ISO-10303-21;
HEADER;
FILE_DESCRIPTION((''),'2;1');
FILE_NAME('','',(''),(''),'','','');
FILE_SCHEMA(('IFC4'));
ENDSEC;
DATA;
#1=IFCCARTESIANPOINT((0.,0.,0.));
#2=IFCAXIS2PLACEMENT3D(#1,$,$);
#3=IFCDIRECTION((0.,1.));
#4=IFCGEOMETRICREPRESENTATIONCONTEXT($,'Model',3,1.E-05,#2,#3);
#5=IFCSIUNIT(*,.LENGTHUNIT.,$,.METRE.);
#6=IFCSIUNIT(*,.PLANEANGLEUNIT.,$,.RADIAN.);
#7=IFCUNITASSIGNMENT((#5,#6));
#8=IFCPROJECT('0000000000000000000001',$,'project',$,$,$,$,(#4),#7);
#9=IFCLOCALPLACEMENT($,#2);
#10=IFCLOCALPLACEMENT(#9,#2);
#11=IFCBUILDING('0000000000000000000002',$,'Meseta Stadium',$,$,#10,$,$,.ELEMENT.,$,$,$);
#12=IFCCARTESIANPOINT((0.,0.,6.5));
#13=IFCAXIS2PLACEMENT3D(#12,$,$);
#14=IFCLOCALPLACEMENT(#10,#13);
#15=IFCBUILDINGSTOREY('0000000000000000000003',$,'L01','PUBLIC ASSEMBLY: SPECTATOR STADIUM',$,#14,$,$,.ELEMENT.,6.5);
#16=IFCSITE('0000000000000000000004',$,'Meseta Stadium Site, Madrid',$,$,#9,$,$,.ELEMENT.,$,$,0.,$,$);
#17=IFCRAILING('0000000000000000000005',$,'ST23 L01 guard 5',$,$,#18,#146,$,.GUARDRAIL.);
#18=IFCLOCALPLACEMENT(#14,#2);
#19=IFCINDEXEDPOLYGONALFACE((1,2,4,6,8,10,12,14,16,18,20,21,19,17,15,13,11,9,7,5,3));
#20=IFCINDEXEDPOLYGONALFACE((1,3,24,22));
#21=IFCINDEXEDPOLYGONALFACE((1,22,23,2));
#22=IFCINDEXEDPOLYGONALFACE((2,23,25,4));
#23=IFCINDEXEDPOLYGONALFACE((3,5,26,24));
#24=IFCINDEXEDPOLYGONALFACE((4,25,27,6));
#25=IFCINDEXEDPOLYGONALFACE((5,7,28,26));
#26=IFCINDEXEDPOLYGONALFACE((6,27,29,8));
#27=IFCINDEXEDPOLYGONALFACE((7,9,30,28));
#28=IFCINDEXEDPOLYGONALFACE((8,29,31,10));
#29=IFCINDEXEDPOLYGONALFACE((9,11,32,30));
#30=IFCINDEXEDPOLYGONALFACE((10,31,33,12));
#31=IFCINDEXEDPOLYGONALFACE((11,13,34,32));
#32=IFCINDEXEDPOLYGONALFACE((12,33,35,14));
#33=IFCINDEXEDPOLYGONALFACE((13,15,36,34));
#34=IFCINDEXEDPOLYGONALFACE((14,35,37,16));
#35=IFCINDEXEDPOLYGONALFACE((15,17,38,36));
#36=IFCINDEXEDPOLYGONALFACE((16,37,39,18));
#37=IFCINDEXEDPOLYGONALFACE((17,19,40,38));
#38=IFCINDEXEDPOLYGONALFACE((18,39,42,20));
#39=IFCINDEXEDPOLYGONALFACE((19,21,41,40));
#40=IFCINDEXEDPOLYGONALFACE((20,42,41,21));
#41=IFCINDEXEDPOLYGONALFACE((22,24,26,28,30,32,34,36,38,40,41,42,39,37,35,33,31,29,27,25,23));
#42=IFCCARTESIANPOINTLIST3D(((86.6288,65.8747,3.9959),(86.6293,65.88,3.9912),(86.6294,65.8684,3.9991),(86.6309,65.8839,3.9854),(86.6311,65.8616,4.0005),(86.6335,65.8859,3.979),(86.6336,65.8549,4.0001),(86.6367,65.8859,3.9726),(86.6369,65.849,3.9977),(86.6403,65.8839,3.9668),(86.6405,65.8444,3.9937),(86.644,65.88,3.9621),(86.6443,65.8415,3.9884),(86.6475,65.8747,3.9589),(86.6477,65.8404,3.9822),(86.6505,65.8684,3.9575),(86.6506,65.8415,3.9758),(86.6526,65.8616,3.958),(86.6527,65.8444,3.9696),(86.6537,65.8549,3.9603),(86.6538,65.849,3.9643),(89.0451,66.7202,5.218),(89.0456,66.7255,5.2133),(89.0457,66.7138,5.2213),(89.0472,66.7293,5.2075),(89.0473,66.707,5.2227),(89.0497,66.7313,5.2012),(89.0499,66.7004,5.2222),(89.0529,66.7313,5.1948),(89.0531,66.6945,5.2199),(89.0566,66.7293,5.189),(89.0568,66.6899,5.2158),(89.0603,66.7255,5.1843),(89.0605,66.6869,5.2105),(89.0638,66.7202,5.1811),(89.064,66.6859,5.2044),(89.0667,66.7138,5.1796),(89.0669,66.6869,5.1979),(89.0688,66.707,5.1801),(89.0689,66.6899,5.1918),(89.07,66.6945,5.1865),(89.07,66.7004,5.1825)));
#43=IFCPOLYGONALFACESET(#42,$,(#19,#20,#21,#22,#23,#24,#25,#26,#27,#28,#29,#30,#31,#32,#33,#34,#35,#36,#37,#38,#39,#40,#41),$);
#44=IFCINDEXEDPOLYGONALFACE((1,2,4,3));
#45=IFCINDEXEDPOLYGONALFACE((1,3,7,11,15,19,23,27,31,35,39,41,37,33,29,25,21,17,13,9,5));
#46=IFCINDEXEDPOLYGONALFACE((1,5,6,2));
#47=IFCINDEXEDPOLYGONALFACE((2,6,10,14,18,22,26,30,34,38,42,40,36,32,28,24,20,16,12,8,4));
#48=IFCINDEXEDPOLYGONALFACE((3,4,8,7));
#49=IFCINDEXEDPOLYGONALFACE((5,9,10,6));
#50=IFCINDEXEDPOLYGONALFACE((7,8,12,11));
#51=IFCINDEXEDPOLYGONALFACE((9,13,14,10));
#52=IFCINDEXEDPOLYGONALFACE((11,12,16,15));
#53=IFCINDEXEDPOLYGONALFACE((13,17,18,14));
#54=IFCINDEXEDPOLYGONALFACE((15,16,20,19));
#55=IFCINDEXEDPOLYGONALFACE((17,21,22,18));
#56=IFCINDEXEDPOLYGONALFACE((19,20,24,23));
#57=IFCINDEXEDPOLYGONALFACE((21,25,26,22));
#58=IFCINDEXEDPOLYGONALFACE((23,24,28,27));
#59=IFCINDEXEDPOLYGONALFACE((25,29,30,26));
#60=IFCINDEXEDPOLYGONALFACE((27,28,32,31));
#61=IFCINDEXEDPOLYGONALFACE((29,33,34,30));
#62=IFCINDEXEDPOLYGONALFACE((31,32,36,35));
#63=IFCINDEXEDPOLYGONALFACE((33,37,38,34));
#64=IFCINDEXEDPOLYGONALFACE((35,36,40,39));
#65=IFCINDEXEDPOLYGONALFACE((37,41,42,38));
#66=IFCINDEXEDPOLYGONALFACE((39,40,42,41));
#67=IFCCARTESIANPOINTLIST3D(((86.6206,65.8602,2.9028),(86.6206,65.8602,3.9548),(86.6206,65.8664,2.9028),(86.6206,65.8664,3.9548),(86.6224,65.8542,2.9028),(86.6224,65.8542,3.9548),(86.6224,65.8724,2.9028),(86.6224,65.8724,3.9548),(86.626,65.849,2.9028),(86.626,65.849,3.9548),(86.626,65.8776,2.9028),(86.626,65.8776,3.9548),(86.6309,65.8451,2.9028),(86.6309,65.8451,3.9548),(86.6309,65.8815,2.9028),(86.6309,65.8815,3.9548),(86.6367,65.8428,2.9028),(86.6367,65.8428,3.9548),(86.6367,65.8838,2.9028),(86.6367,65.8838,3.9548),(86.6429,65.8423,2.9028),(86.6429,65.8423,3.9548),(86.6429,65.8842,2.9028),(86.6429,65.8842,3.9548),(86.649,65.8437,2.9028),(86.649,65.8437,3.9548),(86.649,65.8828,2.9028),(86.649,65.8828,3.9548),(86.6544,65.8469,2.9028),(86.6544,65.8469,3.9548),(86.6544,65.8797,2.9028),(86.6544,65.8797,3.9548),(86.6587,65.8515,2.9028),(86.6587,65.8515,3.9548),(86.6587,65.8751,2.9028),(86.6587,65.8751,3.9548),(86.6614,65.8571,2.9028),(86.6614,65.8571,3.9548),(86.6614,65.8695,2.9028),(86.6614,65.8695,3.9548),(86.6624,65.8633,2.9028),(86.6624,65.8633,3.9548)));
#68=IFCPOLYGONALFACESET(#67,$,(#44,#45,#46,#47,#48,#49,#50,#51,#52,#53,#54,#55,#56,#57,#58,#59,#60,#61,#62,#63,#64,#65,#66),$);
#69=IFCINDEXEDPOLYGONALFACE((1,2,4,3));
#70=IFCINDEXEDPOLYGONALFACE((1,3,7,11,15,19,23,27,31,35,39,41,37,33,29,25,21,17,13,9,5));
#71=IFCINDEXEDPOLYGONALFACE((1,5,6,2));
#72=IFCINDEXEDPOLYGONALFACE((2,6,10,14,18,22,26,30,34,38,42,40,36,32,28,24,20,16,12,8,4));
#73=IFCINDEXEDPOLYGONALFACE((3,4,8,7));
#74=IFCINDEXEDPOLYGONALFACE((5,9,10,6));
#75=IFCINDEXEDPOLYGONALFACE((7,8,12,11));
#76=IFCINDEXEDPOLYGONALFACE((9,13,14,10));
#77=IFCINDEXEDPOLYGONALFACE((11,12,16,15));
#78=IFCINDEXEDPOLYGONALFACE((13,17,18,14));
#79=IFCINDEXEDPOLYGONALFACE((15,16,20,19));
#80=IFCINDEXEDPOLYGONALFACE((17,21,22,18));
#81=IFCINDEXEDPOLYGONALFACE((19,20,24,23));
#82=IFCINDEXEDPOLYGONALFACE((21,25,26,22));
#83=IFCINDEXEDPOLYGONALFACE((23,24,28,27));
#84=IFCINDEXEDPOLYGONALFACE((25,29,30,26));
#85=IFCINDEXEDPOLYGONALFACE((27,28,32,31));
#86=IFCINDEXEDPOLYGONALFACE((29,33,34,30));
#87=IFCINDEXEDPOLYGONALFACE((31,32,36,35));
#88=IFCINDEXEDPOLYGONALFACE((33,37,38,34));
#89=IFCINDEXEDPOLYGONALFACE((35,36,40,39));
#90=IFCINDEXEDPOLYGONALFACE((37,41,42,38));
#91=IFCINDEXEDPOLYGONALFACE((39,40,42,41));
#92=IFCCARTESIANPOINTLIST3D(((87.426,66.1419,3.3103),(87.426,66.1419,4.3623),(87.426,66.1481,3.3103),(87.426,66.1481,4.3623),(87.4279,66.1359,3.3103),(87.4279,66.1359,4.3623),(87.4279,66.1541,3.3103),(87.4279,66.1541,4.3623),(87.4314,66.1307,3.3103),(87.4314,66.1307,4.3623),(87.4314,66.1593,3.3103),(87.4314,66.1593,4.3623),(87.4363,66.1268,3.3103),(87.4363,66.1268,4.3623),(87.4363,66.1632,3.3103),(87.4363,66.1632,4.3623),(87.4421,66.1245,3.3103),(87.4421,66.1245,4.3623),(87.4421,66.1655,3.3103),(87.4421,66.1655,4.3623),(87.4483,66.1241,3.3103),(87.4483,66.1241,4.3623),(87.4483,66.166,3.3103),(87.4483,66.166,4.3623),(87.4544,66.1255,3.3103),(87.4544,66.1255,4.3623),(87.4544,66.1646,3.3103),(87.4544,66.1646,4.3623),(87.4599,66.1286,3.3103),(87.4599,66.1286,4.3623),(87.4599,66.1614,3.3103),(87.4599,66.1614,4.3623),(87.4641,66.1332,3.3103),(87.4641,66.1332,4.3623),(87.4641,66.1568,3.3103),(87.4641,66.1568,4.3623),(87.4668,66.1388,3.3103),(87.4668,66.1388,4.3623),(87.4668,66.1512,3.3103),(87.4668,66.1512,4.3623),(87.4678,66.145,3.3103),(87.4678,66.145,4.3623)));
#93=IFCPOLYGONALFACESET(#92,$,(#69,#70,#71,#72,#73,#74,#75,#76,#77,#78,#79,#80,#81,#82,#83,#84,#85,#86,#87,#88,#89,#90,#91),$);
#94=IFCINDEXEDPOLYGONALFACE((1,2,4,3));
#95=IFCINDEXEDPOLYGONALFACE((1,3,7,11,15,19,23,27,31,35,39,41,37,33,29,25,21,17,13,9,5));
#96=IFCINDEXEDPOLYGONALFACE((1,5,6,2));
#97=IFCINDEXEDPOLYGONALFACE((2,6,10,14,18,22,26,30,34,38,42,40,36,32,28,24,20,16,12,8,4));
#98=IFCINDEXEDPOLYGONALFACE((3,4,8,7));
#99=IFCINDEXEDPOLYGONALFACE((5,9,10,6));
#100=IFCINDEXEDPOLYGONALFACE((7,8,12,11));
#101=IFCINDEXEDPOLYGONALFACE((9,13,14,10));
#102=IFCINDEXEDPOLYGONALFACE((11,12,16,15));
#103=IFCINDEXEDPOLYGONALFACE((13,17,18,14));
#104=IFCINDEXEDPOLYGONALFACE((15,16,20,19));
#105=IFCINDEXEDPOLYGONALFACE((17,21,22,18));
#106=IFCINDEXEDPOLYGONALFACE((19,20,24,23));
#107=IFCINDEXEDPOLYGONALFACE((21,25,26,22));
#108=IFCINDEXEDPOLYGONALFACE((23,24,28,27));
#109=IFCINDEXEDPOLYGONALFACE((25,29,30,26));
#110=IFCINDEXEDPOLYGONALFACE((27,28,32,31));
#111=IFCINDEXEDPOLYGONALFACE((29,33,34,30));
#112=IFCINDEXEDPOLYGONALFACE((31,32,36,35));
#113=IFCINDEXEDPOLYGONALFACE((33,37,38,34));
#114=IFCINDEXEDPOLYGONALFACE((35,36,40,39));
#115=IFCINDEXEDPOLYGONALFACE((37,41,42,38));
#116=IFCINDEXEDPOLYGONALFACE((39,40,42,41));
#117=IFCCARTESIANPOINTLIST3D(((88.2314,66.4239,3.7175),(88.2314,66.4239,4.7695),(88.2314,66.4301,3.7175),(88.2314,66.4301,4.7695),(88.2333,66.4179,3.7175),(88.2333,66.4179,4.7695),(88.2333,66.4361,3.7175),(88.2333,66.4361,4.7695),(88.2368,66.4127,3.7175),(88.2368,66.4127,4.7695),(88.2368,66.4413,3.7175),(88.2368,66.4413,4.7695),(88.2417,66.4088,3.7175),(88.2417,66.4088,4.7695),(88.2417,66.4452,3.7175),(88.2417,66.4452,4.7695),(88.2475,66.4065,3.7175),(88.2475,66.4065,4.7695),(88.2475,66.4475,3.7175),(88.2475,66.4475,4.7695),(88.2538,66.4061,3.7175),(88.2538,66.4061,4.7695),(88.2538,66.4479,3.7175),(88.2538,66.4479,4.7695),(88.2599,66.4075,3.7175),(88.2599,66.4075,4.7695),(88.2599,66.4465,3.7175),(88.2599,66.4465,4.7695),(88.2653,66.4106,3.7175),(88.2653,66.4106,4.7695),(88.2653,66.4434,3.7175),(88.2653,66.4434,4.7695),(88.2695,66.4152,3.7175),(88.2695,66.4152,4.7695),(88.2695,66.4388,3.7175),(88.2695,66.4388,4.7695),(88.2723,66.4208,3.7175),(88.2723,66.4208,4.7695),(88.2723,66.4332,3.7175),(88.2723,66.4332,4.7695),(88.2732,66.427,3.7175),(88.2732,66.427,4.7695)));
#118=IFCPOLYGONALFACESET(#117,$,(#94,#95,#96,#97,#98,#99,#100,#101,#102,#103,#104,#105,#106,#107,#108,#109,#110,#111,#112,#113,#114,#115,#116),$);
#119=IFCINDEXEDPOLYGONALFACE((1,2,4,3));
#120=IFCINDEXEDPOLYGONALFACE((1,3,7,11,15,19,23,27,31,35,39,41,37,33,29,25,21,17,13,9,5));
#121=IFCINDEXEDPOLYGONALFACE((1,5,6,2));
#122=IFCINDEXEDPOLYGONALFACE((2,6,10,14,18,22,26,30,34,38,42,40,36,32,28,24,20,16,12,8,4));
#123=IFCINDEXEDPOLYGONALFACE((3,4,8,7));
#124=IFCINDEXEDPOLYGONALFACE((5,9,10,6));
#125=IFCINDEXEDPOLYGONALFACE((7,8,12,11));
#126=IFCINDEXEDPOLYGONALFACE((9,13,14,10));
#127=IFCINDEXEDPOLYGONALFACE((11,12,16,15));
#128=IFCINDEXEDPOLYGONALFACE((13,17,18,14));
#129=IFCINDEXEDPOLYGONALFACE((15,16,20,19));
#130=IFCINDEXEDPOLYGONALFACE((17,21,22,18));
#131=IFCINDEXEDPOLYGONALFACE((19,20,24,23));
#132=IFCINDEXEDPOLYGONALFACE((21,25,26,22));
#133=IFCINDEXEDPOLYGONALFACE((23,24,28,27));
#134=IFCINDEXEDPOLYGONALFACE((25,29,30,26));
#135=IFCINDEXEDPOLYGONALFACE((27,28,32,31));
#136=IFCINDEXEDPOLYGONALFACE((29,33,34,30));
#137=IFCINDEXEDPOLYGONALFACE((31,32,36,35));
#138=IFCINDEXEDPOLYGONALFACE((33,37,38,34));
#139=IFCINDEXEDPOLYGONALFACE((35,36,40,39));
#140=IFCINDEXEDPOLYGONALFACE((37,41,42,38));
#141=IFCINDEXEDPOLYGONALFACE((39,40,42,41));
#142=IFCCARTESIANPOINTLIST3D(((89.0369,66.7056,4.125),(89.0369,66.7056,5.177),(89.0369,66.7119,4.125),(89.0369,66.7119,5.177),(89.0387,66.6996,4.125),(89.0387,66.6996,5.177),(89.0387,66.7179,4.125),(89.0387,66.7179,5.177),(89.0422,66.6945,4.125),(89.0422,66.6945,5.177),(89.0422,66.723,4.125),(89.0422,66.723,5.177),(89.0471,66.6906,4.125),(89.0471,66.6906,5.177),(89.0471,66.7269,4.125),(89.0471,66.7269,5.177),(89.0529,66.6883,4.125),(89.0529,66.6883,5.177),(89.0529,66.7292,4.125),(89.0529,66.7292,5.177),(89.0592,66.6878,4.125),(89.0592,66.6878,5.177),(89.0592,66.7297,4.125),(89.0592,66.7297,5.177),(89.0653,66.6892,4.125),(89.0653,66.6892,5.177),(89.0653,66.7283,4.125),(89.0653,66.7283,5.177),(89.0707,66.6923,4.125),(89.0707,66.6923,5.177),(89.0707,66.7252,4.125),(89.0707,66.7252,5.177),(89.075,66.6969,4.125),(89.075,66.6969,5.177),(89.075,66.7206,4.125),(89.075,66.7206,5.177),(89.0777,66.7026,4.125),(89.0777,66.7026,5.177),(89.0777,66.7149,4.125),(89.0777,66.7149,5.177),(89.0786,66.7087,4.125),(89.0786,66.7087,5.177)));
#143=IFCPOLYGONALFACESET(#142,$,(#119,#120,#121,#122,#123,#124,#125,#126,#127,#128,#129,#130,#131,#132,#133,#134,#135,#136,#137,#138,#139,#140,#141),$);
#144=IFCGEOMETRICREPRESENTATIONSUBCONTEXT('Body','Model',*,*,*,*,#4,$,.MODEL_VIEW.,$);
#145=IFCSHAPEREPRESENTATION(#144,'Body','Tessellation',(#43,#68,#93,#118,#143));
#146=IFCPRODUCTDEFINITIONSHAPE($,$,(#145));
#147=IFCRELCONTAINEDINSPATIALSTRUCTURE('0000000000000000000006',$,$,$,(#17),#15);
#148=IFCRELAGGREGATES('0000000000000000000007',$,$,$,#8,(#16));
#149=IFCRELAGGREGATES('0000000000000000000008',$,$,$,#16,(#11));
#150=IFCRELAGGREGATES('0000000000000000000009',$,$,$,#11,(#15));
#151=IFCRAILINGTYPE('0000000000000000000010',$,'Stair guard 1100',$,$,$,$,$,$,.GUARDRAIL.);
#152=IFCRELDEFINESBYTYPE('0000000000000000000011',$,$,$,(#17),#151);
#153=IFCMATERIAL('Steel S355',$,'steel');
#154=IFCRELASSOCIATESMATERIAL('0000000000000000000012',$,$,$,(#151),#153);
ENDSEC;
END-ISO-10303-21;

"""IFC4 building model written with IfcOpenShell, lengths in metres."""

from ifc_helpers import new_model, si_unit, direction, frame, origin, origin_2d, place, context, subcontext, project, spatial, circle, extrude, material, type_object, element, save


model = new_model("IFC4")

# Units and contexts
model_context = context("Model", 3, precision=1e-05, world=origin(), true_north=direction((0.0, 1.0)))
body_context = subcontext(model_context, "Body", "Model", "MODEL_VIEW")
ifc_project = project(units=[si_unit("LENGTHUNIT", "METRE"), si_unit("PLANEANGLEUNIT", "RADIAN")], contexts=[model_context])

# Site, building, storey
site_placement = place(None, origin())
site = spatial("IfcSite", under=ifc_project, at=site_placement, Name="Meseta Stadium Site, Madrid", CompositionType="ELEMENT", RefElevation=0.0)
building_placement = place(site_placement, origin())
building = spatial("IfcBuilding", under=site, at=building_placement, Name="Meseta Stadium", CompositionType="ELEMENT")
storey_placement = place(building_placement, frame((0.0, 0.0, 6.5)))
storey = spatial("IfcBuildingStorey", under=building, at=storey_placement, Name="L01", Description="PUBLIC ASSEMBLY: SPECTATOR STADIUM", CompositionType="ELEMENT", Elevation=6.5)

# Railing
ifc_material_1 = material(Name="Steel S355", Category="steel")
railing_type_1 = type_object("IfcRailingType", Name="Stair guard 1100", PredefinedType="GUARDRAIL", material=ifc_material_1)
railing_1_placement = place(storey_placement, frame((86.6414, 65.8633, 2.9028)))
element("IfcRailing", 1, at=railing_1_placement, inside=storey, type_object=railing_type_1, Name="ST23 L01 guard 5", PredefinedType="GUARDRAIL", context=body_context, shape_type="SweptSolid", body=[
    extrude(circle(Radius=0.0239, at=origin_2d()), frame((0.0, 0.0, 1.0762), z_axis=(0.851789, 0.298044, 0.430843), x_axis=(-0.33027, 0.943887, 0.0)), (0.0, 0.0, 1.0), 2.8367),
    extrude(circle(Radius=0.021, at=origin_2d()), origin(), (0.0, 0.0, 1.0), 1.052),
    extrude(circle(Radius=0.021, at=origin_2d()), frame((0.8054, 0.2817, 0.4075)), (0.0, 0.0, 1.0), 1.052),
    extrude(circle(Radius=0.021, at=origin_2d()), frame((1.6108, 0.5637, 0.8147)), (0.0, 0.0, 1.0), 1.052),
    extrude(circle(Radius=0.021, at=origin_2d()), frame((2.4163, 0.8455, 1.2222)), (0.0, 0.0, 1.0), 1.052),
])

save(model, "model.ifc")
